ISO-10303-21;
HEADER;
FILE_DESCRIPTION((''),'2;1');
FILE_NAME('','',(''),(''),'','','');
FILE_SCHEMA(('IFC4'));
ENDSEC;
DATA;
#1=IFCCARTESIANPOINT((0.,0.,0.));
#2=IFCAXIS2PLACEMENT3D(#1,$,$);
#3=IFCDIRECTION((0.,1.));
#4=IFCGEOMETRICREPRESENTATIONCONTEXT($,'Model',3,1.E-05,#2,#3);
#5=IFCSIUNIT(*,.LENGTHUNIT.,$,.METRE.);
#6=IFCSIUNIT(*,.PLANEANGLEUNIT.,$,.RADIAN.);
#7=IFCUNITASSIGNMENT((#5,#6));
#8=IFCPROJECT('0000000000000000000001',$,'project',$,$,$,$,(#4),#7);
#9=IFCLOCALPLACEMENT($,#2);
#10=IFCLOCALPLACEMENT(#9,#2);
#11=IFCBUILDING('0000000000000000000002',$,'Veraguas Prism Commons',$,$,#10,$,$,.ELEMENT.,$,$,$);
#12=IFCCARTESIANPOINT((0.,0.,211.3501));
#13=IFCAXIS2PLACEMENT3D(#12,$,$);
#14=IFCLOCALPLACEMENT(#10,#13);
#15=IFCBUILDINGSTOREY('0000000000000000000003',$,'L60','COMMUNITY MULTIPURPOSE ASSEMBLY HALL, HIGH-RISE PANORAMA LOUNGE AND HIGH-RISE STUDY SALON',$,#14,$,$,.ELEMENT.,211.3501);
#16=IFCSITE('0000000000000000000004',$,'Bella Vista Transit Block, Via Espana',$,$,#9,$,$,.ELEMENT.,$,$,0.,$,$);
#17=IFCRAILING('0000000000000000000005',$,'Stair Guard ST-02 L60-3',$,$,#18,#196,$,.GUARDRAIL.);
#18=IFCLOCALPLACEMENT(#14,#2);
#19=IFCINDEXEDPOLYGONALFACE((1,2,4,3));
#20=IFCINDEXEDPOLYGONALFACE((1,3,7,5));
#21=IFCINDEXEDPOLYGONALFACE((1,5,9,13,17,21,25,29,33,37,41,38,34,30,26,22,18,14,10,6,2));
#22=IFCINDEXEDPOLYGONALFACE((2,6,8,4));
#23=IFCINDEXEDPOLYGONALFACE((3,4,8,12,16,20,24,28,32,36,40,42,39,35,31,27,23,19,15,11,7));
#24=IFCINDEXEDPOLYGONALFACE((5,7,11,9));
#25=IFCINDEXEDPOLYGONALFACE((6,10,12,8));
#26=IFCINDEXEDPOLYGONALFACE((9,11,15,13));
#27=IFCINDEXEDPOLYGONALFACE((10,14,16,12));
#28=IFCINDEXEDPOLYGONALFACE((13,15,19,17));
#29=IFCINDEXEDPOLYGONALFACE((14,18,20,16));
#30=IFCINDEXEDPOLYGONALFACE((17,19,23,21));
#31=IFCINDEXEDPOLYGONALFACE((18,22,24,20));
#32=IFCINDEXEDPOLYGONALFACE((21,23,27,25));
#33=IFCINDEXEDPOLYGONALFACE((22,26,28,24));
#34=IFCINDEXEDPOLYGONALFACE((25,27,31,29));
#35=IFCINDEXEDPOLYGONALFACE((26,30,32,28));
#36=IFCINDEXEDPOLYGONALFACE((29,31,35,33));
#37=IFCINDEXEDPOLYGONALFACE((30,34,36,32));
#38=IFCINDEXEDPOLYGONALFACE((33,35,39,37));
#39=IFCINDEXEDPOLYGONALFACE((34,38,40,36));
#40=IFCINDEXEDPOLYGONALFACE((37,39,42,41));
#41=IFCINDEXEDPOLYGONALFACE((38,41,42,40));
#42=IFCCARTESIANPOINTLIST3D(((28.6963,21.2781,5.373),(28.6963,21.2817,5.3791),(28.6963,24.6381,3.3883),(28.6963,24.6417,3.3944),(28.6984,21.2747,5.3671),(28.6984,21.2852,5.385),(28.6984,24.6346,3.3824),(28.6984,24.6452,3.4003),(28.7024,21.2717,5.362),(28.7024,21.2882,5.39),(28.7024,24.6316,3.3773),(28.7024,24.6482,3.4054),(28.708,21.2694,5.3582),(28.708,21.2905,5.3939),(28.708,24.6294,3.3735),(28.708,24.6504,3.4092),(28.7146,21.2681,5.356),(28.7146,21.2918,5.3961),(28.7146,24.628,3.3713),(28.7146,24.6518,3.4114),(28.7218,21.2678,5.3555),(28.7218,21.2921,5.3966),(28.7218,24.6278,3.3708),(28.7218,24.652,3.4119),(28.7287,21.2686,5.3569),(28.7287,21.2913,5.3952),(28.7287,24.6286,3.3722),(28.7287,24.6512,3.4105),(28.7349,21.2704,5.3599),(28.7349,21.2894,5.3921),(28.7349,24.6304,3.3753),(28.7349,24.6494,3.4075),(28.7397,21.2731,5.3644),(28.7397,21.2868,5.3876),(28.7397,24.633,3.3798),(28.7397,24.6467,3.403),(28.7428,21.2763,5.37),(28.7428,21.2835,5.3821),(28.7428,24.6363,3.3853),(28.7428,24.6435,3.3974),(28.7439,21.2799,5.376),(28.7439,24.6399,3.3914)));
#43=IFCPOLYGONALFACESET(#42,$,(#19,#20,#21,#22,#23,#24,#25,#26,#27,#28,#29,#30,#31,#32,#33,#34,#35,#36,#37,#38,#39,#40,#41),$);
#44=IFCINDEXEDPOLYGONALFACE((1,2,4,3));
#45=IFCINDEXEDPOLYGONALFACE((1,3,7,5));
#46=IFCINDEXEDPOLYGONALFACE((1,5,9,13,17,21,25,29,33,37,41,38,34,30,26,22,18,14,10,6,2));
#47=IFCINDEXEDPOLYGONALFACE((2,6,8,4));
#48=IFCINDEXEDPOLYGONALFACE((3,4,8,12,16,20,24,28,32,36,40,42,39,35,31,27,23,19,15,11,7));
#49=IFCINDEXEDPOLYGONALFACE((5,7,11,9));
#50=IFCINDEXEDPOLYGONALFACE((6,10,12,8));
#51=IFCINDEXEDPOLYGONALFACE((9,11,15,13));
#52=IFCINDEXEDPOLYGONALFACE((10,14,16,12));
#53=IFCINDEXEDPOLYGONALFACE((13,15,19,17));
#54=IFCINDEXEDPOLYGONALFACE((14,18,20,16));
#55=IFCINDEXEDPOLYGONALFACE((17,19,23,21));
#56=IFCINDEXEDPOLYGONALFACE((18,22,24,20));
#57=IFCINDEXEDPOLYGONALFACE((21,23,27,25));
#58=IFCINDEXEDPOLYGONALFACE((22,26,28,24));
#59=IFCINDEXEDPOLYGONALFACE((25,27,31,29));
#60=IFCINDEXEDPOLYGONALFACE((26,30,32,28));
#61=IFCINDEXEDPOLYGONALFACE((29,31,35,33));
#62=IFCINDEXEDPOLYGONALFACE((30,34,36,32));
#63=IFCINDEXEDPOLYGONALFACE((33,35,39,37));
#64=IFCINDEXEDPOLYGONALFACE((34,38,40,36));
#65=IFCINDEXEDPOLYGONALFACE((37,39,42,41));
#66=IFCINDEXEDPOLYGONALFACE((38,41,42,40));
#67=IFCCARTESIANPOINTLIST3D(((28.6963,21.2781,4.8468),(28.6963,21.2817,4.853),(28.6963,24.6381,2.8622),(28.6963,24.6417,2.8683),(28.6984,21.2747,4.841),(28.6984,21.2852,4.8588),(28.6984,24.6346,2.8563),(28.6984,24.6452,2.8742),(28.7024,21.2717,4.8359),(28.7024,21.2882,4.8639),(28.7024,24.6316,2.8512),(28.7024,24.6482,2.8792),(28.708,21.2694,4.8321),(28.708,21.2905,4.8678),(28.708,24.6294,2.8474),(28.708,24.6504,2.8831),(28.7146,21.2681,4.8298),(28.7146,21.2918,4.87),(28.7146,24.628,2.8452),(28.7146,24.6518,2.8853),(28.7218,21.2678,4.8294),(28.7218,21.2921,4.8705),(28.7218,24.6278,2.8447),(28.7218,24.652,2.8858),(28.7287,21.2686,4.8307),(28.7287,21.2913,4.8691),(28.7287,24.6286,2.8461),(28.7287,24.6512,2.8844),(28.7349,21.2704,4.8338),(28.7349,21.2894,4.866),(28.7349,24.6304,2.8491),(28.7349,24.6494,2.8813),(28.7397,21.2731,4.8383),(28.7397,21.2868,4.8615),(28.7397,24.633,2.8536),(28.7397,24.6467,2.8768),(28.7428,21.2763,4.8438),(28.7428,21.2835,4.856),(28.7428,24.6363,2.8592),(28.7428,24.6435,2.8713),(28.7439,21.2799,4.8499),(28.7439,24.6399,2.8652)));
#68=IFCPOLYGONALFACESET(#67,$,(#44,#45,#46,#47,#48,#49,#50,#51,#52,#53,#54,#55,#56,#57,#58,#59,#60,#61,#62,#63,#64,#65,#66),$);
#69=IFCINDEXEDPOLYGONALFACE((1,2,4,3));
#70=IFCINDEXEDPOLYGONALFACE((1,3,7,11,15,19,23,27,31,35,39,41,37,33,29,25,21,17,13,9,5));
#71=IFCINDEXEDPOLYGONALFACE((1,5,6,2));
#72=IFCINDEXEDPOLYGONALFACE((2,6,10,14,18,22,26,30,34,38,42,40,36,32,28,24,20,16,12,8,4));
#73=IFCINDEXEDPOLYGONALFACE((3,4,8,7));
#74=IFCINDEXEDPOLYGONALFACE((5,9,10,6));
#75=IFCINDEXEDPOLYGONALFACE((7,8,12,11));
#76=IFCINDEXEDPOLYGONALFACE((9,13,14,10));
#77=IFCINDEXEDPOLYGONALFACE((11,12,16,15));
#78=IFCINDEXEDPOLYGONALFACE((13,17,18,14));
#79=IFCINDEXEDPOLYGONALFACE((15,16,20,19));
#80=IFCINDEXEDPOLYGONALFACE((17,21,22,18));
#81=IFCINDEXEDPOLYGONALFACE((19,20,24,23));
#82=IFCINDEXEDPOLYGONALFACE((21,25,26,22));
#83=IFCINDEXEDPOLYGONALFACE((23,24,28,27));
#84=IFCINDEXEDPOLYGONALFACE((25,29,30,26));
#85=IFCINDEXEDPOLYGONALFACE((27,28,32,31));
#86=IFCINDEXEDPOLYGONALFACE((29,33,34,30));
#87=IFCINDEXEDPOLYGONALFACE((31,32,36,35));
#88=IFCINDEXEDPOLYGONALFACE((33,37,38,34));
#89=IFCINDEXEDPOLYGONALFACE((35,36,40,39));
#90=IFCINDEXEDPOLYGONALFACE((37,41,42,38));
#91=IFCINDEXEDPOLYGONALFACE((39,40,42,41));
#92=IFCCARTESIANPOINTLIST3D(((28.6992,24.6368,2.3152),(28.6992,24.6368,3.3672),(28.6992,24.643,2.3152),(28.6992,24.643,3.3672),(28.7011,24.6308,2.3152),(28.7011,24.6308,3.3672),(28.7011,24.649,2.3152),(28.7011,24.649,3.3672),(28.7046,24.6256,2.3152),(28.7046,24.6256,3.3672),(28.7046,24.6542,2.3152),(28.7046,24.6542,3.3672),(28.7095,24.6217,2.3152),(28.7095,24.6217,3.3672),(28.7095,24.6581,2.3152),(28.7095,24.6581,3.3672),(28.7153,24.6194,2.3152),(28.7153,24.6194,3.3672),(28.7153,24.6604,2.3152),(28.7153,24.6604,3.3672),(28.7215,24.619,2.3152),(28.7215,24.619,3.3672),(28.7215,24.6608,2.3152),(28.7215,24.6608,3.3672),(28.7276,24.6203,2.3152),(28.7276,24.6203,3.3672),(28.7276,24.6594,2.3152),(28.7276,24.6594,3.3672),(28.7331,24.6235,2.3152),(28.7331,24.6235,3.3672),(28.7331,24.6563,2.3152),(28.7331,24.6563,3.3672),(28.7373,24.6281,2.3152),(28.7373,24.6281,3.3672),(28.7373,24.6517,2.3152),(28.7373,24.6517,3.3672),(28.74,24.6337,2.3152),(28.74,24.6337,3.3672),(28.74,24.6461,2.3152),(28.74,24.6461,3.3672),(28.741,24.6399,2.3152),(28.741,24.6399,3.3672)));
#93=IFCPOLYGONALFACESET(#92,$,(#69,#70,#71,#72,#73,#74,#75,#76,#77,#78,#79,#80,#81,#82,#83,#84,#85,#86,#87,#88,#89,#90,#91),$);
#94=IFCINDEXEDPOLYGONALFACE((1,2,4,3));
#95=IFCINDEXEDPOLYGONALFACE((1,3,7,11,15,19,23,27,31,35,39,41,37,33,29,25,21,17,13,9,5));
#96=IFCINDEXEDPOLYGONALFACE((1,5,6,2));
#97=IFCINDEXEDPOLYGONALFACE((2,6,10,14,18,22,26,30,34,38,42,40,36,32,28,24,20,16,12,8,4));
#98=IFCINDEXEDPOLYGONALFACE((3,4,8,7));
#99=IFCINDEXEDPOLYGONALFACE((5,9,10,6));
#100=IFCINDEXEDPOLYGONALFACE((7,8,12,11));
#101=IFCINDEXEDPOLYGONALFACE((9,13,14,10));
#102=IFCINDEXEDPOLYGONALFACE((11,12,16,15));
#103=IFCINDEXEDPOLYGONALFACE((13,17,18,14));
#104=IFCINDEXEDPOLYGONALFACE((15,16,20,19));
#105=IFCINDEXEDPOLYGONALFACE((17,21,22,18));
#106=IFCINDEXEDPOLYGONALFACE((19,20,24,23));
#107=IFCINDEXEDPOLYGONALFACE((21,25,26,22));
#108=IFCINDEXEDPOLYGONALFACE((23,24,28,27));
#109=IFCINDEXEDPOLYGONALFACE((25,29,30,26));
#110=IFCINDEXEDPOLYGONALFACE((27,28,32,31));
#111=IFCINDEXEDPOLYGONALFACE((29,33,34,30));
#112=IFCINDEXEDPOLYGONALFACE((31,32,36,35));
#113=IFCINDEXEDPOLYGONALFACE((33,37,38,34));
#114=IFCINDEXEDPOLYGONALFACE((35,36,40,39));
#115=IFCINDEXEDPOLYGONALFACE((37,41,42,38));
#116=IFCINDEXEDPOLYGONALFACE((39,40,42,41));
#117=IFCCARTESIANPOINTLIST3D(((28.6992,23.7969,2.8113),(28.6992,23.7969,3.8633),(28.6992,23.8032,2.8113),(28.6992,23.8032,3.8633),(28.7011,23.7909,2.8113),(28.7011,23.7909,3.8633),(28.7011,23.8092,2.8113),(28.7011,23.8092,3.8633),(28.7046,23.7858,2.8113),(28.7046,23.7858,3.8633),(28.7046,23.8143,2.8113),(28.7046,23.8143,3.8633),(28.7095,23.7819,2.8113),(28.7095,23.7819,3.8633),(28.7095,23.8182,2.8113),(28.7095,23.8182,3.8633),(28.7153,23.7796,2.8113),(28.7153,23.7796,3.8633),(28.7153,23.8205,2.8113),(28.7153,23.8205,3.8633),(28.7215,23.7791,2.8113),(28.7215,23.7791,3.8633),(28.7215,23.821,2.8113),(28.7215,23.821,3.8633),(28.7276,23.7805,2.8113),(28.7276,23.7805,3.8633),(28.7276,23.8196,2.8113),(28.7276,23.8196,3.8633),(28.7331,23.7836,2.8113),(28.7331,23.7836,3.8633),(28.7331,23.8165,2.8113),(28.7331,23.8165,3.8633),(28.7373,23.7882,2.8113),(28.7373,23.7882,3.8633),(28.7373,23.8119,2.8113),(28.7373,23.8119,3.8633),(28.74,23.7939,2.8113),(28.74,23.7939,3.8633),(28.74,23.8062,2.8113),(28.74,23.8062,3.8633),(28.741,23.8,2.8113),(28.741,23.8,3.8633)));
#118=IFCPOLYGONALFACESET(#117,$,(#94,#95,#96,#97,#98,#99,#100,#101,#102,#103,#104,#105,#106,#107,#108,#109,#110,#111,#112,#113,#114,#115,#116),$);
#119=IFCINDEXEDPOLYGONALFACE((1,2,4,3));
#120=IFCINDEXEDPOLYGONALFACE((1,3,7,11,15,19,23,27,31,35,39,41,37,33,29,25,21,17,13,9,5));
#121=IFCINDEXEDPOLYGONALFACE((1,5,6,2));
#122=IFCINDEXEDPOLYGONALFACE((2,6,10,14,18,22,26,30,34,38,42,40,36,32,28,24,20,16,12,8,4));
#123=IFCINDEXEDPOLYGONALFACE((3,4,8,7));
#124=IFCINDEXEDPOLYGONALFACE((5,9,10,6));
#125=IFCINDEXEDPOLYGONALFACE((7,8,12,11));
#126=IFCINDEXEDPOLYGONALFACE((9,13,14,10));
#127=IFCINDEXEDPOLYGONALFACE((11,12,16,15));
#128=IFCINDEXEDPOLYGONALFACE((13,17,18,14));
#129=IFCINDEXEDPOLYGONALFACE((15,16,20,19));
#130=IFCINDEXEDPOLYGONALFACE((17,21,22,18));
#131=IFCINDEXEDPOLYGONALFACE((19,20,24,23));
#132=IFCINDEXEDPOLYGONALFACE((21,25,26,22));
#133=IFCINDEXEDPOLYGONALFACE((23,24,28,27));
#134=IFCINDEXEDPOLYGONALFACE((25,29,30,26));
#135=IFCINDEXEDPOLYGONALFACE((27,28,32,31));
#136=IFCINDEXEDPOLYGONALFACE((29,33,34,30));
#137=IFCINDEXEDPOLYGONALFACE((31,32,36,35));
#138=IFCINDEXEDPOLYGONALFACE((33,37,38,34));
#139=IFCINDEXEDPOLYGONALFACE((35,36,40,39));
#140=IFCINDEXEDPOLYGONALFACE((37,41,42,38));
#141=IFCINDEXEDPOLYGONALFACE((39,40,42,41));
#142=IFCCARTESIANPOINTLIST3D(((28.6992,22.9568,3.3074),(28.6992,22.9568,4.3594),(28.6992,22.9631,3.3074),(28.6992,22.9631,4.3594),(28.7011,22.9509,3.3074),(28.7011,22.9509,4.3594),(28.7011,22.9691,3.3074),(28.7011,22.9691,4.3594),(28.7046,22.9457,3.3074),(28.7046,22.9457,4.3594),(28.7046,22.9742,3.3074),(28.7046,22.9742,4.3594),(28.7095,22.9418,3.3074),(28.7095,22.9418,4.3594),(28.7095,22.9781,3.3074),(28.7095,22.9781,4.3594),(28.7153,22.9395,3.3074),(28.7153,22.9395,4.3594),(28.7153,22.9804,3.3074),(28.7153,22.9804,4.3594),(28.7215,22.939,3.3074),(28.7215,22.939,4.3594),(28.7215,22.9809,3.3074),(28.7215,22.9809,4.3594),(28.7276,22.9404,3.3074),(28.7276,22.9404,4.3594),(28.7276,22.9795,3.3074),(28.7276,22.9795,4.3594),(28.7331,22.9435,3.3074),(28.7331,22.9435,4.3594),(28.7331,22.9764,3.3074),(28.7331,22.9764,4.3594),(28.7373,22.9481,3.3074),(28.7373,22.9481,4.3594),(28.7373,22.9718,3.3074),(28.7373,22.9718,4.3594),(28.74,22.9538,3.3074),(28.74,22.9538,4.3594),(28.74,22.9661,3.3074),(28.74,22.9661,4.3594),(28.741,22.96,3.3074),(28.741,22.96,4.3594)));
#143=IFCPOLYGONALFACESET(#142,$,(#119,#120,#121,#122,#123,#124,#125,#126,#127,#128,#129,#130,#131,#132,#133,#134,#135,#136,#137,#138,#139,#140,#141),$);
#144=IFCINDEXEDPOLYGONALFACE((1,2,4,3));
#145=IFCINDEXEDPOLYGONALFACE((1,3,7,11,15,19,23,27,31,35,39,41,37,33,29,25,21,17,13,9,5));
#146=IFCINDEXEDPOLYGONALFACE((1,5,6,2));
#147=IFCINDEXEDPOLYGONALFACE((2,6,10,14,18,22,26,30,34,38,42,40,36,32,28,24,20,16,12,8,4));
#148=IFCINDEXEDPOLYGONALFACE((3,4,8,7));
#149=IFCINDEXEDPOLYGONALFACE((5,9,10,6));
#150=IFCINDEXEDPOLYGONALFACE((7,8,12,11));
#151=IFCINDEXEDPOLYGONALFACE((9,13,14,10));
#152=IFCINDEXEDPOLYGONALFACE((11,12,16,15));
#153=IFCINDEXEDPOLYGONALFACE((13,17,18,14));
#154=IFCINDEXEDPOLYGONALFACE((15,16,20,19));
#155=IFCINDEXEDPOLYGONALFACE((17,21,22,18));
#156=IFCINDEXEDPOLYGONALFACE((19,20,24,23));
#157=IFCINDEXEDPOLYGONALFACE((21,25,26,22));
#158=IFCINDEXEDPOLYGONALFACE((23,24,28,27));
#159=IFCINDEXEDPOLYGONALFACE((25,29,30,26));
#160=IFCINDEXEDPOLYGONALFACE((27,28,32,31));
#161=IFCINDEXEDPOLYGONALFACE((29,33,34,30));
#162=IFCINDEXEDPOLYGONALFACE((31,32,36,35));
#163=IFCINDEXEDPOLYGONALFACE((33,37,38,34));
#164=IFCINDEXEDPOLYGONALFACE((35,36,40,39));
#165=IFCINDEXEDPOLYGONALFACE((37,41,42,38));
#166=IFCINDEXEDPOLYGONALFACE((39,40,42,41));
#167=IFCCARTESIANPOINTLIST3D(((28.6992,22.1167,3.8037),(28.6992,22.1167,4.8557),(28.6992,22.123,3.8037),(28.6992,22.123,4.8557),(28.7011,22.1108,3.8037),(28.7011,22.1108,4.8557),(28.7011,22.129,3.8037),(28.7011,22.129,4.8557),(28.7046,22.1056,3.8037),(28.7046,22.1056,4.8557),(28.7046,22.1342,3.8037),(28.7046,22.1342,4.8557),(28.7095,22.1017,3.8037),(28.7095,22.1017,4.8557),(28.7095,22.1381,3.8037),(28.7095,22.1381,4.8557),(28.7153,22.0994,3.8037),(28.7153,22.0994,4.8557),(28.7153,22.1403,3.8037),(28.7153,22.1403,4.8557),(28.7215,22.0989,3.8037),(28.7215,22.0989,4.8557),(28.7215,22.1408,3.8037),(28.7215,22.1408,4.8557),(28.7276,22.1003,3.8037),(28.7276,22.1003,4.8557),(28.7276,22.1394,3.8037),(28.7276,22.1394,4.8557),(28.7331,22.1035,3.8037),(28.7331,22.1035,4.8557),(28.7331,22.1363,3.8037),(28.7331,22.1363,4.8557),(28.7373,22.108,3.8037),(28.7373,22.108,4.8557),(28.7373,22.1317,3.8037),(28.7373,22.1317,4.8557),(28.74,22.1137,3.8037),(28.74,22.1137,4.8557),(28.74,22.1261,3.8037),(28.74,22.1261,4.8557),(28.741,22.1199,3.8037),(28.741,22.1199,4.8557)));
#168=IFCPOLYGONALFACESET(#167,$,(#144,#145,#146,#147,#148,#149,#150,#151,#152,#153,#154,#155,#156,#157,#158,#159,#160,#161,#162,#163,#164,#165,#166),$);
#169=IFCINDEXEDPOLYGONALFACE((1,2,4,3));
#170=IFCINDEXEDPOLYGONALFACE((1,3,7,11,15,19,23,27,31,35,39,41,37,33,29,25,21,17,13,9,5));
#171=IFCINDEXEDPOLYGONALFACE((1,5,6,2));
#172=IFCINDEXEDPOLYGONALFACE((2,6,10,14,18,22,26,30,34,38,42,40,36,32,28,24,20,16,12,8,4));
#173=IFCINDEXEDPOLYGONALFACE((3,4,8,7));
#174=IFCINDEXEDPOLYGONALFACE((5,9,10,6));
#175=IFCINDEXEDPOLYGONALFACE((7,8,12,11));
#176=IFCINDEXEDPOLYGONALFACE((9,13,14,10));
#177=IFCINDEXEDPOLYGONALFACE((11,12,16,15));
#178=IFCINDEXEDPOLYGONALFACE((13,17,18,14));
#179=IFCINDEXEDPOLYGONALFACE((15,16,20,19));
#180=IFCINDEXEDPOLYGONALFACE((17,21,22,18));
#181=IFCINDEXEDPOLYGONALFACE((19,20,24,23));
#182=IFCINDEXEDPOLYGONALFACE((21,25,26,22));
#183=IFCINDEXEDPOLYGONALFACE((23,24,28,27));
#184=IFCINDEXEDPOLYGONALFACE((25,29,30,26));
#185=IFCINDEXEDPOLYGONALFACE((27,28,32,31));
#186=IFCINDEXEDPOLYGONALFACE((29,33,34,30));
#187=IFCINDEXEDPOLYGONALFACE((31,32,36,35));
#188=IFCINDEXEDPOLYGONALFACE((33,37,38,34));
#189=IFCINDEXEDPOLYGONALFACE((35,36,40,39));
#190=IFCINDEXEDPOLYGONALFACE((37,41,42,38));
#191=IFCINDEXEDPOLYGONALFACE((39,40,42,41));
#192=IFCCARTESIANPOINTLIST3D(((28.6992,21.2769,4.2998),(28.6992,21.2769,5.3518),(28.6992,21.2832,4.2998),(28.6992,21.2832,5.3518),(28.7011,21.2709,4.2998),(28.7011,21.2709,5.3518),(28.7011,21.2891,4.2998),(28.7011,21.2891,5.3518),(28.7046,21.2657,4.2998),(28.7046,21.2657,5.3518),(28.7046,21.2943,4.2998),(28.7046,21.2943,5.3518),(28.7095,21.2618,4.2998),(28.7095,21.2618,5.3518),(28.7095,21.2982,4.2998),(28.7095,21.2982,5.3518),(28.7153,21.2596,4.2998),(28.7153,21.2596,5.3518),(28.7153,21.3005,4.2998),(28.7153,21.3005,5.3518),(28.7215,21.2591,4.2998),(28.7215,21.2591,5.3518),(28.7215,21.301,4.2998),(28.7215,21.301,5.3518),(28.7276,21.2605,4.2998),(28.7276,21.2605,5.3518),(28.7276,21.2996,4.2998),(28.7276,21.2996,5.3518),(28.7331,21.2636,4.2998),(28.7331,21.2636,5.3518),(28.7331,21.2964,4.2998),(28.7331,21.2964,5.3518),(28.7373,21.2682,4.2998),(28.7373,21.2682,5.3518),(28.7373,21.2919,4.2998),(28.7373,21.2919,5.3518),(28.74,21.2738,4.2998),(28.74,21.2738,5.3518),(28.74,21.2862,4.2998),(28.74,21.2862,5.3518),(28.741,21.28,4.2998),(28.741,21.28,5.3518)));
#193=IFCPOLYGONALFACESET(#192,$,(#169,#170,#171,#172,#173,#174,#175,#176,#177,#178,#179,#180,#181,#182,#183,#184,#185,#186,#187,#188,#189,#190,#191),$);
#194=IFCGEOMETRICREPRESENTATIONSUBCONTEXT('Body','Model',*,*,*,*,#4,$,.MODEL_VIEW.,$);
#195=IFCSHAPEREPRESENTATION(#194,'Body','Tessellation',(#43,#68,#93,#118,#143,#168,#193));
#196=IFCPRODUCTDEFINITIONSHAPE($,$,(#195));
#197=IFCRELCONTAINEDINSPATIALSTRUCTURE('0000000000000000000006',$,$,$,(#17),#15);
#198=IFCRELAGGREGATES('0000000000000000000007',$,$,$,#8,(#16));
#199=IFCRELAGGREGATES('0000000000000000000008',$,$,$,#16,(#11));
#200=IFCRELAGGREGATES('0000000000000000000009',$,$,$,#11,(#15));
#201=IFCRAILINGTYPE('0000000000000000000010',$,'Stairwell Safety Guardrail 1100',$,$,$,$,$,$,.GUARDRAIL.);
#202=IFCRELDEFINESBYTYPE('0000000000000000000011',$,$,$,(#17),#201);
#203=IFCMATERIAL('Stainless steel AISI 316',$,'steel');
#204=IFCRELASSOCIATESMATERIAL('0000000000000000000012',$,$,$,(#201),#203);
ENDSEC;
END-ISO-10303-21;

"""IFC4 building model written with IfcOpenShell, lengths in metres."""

from ifc_helpers import new_model, si_unit, direction, frame, origin, origin_2d, place, context, subcontext, project, spatial, circle, extrude, material, type_object, element, save


model = new_model("IFC4")

# Units and contexts
model_context = context("Model", 3, precision=1e-05, world=origin(), true_north=direction((0.0, 1.0)))
body_context = subcontext(model_context, "Body", "Model", "MODEL_VIEW")
ifc_project = project(units=[si_unit("LENGTHUNIT", "METRE"), si_unit("PLANEANGLEUNIT", "RADIAN")], contexts=[model_context])

# Site, building, storey
site_placement = place(None, origin())
site = spatial("IfcSite", under=ifc_project, at=site_placement, Name="Bella Vista Transit Block, Via Espana", CompositionType="ELEMENT", RefElevation=0.0)
building_placement = place(site_placement, origin())
building = spatial("IfcBuilding", under=site, at=building_placement, Name="Veraguas Prism Commons", CompositionType="ELEMENT")
storey_placement = place(building_placement, frame((0.0, 0.0, 211.3501)))
storey = spatial("IfcBuildingStorey", under=building, at=storey_placement, Name="L60", Description="COMMUNITY MULTIPURPOSE ASSEMBLY HALL, HIGH-RISE PANORAMA LOUNGE AND HIGH-RISE STUDY SALON", CompositionType="ELEMENT", Elevation=211.3501)

# Railing
ifc_material_1 = material(Name="Stainless steel AISI 316", Category="steel")
railing_type_1 = type_object("IfcRailingType", Name="Stairwell Safety Guardrail 1100", PredefinedType="GUARDRAIL", material=ifc_material_1)
railing_1_placement = place(storey_placement, frame((28.72, 24.6399, 2.3152)))
element("IfcRailing", 1, at=railing_1_placement, inside=storey, type_object=railing_type_1, Name="Stair Guard ST-02 L60-3", PredefinedType="GUARDRAIL", context=body_context, shape_type="SweptSolid", body=[
    extrude(circle(Radius=0.0239, at=origin_2d()), frame((0.0, 0.0, 1.0762), z_axis=(0.0, -0.861011, 0.508586), x_axis=(1.0, 0.0, 0.0)), (0.0, 0.0, 1.0), 3.9023),
    extrude(circle(Radius=0.0239, at=origin_2d()), frame((0.0, 0.0, 0.55), z_axis=(0.0, -0.861011, 0.508586), x_axis=(1.0, 0.0, 0.0)), (0.0, 0.0, 1.0), 3.9023),
    extrude(circle(Radius=0.021, at=origin_2d()), origin(), (0.0, 0.0, 1.0), 1.052),
    extrude(circle(Radius=0.021, at=origin_2d()), frame((0.0, -0.8398, 0.4961)), (0.0, 0.0, 1.0), 1.052),
    extrude(circle(Radius=0.021, at=origin_2d()), frame((0.0, -1.6799, 0.9922)), (0.0, 0.0, 1.0), 1.052),
    extrude(circle(Radius=0.021, at=origin_2d()), frame((0.0, -2.52, 1.4885)), (0.0, 0.0, 1.0), 1.052),
    extrude(circle(Radius=0.021, at=origin_2d()), frame((0.0, -3.3599, 1.9846)), (0.0, 0.0, 1.0), 1.052),
])

save(model, "model.ifc")
